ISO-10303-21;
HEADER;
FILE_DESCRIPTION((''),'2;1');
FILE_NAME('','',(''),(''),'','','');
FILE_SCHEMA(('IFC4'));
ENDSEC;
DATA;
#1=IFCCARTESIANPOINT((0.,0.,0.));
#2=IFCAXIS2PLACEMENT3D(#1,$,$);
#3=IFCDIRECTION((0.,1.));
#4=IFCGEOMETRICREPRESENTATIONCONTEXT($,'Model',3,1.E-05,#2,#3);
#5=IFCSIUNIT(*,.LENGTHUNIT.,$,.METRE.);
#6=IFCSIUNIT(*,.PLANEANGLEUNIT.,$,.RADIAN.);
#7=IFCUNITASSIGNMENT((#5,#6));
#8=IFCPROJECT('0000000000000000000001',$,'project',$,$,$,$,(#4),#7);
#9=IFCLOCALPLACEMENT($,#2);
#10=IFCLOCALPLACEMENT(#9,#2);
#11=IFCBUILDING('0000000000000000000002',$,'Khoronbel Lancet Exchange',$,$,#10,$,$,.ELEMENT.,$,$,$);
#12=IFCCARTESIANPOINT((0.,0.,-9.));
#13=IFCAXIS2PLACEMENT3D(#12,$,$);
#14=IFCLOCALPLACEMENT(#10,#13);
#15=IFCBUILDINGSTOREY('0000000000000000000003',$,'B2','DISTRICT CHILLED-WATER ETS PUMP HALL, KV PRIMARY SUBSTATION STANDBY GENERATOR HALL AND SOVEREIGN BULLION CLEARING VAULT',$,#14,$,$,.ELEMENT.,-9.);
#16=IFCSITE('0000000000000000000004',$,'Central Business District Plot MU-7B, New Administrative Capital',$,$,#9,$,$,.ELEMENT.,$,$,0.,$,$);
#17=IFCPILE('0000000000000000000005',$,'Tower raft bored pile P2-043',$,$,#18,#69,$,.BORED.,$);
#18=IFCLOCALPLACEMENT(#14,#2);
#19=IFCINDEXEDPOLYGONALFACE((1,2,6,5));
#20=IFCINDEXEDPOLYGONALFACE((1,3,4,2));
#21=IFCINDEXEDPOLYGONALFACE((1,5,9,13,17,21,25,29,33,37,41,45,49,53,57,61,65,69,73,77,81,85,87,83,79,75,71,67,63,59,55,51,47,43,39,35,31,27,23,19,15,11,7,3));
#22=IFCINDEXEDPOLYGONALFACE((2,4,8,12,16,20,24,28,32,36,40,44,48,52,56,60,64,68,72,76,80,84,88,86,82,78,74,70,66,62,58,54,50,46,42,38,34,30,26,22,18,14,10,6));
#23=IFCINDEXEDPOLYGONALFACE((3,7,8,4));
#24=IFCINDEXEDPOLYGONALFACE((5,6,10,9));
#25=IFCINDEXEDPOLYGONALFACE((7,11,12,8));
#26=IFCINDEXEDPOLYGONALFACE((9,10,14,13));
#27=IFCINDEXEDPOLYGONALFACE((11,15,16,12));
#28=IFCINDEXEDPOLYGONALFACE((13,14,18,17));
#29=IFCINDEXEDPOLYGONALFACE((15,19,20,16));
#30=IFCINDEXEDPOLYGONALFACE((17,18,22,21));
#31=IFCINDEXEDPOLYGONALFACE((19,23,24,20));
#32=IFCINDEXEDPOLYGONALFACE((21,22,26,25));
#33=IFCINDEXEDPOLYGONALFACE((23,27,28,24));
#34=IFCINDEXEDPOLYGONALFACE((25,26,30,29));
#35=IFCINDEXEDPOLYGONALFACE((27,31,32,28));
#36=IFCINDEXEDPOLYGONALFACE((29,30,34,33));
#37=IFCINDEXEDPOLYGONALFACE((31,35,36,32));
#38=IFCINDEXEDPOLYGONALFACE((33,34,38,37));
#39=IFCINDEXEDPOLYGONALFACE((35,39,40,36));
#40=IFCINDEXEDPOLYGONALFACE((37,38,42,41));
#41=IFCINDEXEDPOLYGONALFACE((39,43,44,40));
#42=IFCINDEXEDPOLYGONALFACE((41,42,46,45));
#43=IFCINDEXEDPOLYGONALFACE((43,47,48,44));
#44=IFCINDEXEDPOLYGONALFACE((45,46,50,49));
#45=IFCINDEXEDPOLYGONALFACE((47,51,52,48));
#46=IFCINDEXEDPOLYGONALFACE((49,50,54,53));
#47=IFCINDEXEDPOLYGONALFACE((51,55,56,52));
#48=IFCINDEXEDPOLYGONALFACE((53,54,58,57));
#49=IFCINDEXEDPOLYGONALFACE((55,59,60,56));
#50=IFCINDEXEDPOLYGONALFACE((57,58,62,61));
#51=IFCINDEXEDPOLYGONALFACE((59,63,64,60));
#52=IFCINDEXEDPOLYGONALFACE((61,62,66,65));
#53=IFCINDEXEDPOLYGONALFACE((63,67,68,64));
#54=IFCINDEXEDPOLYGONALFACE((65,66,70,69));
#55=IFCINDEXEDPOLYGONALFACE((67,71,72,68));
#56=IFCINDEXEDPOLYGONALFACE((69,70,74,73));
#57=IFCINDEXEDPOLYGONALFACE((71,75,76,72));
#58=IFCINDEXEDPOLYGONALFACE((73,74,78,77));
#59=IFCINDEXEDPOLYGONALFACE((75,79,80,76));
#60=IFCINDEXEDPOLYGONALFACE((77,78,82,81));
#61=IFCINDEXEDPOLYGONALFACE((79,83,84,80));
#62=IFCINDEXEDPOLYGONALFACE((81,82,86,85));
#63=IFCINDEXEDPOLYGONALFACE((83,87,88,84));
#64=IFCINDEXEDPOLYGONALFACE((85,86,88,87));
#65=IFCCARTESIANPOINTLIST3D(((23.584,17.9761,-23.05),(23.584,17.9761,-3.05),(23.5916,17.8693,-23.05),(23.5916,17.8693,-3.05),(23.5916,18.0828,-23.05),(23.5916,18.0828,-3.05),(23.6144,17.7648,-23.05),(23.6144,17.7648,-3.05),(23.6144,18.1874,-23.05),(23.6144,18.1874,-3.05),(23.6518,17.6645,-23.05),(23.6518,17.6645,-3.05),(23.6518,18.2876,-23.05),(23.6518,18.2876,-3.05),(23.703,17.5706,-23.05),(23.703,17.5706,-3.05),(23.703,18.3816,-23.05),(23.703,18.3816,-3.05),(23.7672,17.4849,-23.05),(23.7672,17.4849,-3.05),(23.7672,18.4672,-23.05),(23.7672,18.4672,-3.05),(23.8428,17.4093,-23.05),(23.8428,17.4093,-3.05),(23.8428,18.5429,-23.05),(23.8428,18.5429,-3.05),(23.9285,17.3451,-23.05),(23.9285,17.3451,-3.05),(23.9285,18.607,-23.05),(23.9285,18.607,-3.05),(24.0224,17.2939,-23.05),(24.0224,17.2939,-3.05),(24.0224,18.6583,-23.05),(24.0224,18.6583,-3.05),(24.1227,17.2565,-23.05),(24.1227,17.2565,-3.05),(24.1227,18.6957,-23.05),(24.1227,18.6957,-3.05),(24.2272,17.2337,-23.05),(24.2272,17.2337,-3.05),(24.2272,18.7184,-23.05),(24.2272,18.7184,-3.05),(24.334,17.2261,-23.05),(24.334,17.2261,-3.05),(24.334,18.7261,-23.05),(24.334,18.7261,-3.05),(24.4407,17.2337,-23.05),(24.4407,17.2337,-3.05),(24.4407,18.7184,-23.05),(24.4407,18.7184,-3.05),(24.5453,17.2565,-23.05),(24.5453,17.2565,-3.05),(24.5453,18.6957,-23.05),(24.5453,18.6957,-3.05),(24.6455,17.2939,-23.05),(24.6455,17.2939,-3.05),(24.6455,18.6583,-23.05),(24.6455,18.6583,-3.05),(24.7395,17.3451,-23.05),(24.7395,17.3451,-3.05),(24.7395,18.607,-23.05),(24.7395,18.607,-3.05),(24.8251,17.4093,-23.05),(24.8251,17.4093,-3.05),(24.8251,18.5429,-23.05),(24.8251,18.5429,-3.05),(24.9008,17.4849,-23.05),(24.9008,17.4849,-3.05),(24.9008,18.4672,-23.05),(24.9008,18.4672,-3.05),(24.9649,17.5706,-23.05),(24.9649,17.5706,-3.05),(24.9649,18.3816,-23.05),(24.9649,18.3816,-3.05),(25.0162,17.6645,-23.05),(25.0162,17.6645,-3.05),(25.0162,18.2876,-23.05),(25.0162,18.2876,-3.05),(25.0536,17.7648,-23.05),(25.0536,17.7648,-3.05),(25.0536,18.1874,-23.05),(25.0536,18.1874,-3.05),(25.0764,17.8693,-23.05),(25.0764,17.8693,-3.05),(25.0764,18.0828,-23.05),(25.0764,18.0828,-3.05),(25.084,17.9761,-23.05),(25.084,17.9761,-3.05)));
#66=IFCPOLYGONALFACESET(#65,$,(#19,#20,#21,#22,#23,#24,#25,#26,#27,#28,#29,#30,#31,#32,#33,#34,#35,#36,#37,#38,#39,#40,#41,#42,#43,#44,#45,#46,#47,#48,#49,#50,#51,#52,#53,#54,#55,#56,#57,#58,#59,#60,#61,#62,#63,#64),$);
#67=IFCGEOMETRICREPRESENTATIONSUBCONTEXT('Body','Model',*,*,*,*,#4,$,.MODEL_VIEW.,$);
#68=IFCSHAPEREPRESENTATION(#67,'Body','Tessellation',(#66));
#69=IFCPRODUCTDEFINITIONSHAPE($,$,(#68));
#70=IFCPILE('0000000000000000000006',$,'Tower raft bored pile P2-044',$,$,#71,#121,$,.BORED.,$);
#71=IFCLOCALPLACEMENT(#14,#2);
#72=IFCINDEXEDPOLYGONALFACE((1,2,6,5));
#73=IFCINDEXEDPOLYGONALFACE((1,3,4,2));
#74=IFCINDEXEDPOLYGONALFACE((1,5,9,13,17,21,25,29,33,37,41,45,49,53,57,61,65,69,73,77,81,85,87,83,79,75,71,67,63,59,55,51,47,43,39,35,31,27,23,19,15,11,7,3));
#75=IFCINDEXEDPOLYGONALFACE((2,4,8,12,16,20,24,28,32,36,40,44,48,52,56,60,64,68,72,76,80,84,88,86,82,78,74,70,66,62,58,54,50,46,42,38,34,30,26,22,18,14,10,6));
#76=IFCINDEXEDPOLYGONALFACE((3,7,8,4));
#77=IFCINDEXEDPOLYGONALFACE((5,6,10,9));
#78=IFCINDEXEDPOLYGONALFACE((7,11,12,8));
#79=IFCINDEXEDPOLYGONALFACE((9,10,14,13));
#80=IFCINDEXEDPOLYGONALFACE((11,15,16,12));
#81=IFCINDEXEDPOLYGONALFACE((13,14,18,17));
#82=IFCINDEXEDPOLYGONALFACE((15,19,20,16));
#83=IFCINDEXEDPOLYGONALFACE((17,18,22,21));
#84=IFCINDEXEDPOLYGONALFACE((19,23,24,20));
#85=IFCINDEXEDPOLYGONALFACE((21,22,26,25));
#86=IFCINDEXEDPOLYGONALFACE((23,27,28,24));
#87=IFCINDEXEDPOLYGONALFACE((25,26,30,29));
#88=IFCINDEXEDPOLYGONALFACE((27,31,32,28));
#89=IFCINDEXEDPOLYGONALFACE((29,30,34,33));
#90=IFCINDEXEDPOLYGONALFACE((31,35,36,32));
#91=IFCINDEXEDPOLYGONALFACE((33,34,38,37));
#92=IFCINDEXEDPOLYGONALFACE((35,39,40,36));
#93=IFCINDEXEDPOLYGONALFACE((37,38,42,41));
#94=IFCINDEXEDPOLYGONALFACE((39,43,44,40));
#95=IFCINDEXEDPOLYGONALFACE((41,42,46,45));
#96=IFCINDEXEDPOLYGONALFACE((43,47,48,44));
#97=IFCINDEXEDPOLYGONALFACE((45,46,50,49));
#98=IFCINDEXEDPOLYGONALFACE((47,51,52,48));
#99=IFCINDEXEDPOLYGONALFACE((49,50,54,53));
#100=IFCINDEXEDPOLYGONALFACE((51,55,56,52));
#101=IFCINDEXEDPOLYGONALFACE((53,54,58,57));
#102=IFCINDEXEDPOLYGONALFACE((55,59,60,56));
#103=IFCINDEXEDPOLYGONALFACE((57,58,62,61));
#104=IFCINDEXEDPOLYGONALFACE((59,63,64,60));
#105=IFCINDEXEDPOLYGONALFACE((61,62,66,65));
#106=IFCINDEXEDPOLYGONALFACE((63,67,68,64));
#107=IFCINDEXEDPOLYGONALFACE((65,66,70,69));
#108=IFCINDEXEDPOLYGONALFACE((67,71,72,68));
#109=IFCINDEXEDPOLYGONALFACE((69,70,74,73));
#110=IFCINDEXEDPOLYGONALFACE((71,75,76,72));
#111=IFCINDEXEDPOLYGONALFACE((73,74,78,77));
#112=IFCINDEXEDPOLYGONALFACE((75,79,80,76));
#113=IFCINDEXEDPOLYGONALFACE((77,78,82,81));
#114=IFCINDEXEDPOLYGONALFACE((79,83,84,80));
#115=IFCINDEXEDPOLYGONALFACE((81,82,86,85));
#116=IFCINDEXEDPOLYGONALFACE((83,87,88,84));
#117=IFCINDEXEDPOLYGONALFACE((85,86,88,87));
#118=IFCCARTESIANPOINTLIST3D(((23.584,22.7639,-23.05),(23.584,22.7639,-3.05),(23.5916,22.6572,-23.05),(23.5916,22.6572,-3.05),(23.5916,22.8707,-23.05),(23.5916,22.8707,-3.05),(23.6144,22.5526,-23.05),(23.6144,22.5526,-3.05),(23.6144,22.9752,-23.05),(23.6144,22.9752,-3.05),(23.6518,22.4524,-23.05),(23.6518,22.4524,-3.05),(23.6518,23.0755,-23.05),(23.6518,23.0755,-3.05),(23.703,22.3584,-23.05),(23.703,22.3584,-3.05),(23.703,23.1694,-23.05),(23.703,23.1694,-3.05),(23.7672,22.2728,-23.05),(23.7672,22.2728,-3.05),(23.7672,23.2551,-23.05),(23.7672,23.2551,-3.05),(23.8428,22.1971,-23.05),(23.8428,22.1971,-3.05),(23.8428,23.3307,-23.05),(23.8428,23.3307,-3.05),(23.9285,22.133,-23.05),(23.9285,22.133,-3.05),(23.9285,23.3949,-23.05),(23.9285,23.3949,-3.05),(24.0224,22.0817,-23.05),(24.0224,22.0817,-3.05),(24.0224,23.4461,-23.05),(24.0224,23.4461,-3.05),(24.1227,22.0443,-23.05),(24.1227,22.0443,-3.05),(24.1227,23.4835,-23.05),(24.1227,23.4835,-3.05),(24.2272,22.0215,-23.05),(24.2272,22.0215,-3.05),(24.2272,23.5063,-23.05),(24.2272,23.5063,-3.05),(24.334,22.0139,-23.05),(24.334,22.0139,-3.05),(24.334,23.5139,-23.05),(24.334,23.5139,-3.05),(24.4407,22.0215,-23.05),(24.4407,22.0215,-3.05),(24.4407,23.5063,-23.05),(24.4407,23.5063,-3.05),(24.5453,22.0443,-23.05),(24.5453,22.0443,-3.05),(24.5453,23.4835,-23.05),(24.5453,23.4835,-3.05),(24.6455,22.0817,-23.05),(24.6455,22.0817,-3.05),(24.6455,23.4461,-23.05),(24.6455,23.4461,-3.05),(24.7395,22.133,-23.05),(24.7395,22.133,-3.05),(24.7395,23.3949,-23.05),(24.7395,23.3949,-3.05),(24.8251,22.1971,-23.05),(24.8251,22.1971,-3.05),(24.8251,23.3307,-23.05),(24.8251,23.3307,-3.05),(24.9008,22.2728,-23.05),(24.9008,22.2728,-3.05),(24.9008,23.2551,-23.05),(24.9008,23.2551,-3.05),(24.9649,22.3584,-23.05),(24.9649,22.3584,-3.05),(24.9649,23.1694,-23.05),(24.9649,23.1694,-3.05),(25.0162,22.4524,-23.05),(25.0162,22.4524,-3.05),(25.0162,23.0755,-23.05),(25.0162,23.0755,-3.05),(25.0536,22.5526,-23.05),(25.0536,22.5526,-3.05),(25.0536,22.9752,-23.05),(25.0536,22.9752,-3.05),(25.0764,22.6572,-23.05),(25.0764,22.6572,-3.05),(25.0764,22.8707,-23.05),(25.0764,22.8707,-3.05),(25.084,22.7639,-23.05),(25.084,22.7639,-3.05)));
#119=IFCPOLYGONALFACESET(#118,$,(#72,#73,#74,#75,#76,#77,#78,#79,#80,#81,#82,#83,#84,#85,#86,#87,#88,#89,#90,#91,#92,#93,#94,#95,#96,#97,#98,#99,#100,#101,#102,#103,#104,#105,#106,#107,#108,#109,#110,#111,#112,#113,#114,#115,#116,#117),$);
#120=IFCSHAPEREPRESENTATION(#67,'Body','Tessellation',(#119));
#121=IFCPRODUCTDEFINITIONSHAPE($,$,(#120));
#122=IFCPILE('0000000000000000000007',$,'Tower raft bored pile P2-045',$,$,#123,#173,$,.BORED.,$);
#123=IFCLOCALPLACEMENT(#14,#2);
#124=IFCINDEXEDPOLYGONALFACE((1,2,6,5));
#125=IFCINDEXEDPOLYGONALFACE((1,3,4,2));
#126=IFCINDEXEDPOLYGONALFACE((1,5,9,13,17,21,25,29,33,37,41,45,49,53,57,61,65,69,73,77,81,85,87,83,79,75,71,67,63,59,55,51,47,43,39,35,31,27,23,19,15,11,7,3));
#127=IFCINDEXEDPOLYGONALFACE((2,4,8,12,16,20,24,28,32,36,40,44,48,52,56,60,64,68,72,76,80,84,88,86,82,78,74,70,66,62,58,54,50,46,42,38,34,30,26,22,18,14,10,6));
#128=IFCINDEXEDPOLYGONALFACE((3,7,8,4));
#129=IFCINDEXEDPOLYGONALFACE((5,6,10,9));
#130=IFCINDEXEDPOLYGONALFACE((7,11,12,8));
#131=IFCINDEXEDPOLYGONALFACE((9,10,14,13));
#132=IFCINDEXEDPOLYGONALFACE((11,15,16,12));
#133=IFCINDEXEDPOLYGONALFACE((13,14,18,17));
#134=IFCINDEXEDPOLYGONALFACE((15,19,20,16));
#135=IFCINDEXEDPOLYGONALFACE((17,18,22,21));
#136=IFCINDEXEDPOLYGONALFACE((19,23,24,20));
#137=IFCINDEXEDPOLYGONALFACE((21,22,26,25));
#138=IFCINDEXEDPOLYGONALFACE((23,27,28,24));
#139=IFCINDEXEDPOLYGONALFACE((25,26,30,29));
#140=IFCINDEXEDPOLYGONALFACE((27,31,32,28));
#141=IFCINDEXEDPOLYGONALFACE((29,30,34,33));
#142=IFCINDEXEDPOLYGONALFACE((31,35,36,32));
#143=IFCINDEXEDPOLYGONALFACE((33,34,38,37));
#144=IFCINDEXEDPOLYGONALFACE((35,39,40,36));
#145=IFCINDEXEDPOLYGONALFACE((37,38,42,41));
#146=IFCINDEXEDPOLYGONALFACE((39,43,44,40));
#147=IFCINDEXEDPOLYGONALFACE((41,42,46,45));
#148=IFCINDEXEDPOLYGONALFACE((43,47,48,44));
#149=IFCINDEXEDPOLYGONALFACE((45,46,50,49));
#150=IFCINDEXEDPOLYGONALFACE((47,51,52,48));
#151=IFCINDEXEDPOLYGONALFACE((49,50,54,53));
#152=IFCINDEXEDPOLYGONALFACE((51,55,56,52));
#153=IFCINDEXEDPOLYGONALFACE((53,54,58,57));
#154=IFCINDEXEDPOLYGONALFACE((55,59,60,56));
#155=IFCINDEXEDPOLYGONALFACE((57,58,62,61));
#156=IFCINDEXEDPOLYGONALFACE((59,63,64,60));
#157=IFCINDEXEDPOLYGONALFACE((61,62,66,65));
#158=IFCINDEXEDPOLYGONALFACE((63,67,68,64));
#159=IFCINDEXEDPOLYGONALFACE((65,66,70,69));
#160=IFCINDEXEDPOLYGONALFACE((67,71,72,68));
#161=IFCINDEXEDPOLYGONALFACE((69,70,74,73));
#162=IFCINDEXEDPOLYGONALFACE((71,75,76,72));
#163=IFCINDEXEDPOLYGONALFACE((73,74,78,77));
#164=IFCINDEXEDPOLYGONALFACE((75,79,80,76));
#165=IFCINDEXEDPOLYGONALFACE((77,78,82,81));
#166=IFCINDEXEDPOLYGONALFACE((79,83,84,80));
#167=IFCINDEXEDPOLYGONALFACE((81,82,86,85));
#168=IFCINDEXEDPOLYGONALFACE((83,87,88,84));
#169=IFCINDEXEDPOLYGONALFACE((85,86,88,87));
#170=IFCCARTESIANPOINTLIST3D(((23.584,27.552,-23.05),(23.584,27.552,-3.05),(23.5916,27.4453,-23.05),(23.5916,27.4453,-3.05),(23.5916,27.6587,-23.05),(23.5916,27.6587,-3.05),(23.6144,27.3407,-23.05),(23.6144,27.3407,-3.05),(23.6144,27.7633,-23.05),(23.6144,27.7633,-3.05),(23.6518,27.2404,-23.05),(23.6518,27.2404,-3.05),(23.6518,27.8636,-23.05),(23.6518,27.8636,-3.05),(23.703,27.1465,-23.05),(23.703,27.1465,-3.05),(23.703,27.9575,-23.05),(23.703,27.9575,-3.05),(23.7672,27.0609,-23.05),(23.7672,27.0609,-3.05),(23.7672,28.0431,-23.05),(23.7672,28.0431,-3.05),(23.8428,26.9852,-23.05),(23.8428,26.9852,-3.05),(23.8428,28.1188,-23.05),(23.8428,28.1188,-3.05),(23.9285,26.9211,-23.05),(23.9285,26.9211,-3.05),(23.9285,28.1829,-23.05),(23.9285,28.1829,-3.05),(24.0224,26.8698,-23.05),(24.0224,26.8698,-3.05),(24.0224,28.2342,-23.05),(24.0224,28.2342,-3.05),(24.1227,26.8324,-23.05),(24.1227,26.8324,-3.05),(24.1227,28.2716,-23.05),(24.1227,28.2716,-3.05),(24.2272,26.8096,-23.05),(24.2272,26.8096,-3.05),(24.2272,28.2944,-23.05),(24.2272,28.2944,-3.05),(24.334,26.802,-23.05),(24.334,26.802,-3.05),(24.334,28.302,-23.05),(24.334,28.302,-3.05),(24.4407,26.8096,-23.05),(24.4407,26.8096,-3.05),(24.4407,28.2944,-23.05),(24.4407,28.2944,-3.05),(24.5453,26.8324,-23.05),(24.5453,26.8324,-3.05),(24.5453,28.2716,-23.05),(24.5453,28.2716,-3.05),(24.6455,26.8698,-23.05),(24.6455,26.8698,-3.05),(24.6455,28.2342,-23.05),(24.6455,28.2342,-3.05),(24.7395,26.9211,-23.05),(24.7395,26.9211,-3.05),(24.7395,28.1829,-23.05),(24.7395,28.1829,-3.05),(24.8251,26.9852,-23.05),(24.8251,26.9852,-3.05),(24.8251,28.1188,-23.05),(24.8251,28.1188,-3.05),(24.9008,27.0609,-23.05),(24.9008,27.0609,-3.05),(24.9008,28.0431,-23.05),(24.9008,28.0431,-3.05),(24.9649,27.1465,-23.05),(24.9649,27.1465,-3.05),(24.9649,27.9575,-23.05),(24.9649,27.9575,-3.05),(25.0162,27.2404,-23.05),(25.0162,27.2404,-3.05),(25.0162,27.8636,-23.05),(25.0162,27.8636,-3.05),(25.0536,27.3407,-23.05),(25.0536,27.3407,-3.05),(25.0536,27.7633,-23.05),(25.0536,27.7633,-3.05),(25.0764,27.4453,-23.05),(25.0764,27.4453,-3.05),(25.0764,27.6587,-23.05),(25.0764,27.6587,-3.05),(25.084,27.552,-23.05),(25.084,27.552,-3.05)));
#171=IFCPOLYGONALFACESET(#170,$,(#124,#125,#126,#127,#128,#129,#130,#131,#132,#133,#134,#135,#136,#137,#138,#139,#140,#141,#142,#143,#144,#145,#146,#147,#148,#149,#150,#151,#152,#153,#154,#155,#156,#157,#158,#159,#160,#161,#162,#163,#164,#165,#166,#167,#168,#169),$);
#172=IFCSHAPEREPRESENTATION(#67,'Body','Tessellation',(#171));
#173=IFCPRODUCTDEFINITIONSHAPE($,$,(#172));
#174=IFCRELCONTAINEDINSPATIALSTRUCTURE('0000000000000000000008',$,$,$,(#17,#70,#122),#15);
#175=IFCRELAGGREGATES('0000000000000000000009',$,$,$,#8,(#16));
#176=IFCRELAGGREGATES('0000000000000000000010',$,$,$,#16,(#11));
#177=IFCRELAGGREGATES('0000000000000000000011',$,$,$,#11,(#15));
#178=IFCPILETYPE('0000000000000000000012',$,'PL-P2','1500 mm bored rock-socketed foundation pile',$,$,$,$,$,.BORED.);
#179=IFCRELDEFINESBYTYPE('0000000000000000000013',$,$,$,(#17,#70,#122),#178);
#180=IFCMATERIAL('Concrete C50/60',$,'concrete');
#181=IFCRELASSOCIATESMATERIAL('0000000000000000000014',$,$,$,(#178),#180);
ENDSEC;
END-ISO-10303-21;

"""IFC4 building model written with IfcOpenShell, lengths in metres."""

from ifc_helpers import new_model, si_unit, direction, frame, origin, origin_2d, place, context, subcontext, project, spatial, circle, extrude, material, material_profile, profile_set, type_object, element, save


model = new_model("IFC4")

# Units and contexts
model_context = context("Model", 3, precision=1e-05, world=origin(), true_north=direction((0.0, 1.0)))
body_context = subcontext(model_context, "Body", "Model", "MODEL_VIEW")
ifc_project = project(units=[si_unit("LENGTHUNIT", "METRE"), si_unit("PLANEANGLEUNIT", "RADIAN")], contexts=[model_context])

# Site, building, storey
site_placement = place(None, origin())
site = spatial("IfcSite", under=ifc_project, at=site_placement, Name="Central Business District Plot MU-7B, New Administrative Capital", CompositionType="ELEMENT", RefElevation=0.0)
building_placement = place(site_placement, origin())
building = spatial("IfcBuilding", under=site, at=building_placement, Name="Khoronbel Lancet Exchange", CompositionType="ELEMENT")
storey_placement = place(building_placement, frame((0.0, 0.0, -9.0)))
storey = spatial("IfcBuildingStorey", under=building, at=storey_placement, Name="B2", Description="DISTRICT CHILLED-WATER ETS PUMP HALL, KV PRIMARY SUBSTATION STANDBY GENERATOR HALL AND SOVEREIGN BULLION CLEARING VAULT", CompositionType="ELEMENT", Elevation=-9.0)

# Piles
ifc_material_1 = material(Name="Concrete C50/60", Category="concrete")
ifc_material_profile_1 = material_profile(ifc_material_1, circle(Radius=0.75, at=origin_2d()), Name="BORED PILE D1500")
ifc_profile_set_1 = profile_set([ifc_material_profile_1], Name="Concrete C50/60")
pile_type = type_object("IfcPileType", Name="PL-P2", Description="1500 mm bored rock-socketed foundation pile", PredefinedType="BORED", material=ifc_profile_set_1)
for number, where, z_axis, x_axis, name in (
    (1, (24.334, 17.9761, -3.05), (0.0, 0.0, -1.0), (1.0, 0.0, 0.0), "Tower raft bored pile P2-043"),
    (2, (24.334, 22.7639, -3.05), (0.0, 0.0, -1.0), (1.0, 0.0, 0.0), "Tower raft bored pile P2-044"),
    (3, (24.334, 27.552, -3.05), (0.0, 0.0, -1.0), (1.0, 0.0, 0.0), "Tower raft bored pile P2-045"),
):
    element("IfcPile", number, at=place(storey_placement, frame(where, z_axis=z_axis, x_axis=x_axis)), inside=storey, type_object=pile_type, Name=name, PredefinedType="BORED", context=body_context, shape_type="SweptSolid", body=[
        extrude(circle(Radius=0.75, at=origin_2d()), origin(), (0.0, 0.0, 1.0), 20.0),
    ])

save(model, "model.ifc")
